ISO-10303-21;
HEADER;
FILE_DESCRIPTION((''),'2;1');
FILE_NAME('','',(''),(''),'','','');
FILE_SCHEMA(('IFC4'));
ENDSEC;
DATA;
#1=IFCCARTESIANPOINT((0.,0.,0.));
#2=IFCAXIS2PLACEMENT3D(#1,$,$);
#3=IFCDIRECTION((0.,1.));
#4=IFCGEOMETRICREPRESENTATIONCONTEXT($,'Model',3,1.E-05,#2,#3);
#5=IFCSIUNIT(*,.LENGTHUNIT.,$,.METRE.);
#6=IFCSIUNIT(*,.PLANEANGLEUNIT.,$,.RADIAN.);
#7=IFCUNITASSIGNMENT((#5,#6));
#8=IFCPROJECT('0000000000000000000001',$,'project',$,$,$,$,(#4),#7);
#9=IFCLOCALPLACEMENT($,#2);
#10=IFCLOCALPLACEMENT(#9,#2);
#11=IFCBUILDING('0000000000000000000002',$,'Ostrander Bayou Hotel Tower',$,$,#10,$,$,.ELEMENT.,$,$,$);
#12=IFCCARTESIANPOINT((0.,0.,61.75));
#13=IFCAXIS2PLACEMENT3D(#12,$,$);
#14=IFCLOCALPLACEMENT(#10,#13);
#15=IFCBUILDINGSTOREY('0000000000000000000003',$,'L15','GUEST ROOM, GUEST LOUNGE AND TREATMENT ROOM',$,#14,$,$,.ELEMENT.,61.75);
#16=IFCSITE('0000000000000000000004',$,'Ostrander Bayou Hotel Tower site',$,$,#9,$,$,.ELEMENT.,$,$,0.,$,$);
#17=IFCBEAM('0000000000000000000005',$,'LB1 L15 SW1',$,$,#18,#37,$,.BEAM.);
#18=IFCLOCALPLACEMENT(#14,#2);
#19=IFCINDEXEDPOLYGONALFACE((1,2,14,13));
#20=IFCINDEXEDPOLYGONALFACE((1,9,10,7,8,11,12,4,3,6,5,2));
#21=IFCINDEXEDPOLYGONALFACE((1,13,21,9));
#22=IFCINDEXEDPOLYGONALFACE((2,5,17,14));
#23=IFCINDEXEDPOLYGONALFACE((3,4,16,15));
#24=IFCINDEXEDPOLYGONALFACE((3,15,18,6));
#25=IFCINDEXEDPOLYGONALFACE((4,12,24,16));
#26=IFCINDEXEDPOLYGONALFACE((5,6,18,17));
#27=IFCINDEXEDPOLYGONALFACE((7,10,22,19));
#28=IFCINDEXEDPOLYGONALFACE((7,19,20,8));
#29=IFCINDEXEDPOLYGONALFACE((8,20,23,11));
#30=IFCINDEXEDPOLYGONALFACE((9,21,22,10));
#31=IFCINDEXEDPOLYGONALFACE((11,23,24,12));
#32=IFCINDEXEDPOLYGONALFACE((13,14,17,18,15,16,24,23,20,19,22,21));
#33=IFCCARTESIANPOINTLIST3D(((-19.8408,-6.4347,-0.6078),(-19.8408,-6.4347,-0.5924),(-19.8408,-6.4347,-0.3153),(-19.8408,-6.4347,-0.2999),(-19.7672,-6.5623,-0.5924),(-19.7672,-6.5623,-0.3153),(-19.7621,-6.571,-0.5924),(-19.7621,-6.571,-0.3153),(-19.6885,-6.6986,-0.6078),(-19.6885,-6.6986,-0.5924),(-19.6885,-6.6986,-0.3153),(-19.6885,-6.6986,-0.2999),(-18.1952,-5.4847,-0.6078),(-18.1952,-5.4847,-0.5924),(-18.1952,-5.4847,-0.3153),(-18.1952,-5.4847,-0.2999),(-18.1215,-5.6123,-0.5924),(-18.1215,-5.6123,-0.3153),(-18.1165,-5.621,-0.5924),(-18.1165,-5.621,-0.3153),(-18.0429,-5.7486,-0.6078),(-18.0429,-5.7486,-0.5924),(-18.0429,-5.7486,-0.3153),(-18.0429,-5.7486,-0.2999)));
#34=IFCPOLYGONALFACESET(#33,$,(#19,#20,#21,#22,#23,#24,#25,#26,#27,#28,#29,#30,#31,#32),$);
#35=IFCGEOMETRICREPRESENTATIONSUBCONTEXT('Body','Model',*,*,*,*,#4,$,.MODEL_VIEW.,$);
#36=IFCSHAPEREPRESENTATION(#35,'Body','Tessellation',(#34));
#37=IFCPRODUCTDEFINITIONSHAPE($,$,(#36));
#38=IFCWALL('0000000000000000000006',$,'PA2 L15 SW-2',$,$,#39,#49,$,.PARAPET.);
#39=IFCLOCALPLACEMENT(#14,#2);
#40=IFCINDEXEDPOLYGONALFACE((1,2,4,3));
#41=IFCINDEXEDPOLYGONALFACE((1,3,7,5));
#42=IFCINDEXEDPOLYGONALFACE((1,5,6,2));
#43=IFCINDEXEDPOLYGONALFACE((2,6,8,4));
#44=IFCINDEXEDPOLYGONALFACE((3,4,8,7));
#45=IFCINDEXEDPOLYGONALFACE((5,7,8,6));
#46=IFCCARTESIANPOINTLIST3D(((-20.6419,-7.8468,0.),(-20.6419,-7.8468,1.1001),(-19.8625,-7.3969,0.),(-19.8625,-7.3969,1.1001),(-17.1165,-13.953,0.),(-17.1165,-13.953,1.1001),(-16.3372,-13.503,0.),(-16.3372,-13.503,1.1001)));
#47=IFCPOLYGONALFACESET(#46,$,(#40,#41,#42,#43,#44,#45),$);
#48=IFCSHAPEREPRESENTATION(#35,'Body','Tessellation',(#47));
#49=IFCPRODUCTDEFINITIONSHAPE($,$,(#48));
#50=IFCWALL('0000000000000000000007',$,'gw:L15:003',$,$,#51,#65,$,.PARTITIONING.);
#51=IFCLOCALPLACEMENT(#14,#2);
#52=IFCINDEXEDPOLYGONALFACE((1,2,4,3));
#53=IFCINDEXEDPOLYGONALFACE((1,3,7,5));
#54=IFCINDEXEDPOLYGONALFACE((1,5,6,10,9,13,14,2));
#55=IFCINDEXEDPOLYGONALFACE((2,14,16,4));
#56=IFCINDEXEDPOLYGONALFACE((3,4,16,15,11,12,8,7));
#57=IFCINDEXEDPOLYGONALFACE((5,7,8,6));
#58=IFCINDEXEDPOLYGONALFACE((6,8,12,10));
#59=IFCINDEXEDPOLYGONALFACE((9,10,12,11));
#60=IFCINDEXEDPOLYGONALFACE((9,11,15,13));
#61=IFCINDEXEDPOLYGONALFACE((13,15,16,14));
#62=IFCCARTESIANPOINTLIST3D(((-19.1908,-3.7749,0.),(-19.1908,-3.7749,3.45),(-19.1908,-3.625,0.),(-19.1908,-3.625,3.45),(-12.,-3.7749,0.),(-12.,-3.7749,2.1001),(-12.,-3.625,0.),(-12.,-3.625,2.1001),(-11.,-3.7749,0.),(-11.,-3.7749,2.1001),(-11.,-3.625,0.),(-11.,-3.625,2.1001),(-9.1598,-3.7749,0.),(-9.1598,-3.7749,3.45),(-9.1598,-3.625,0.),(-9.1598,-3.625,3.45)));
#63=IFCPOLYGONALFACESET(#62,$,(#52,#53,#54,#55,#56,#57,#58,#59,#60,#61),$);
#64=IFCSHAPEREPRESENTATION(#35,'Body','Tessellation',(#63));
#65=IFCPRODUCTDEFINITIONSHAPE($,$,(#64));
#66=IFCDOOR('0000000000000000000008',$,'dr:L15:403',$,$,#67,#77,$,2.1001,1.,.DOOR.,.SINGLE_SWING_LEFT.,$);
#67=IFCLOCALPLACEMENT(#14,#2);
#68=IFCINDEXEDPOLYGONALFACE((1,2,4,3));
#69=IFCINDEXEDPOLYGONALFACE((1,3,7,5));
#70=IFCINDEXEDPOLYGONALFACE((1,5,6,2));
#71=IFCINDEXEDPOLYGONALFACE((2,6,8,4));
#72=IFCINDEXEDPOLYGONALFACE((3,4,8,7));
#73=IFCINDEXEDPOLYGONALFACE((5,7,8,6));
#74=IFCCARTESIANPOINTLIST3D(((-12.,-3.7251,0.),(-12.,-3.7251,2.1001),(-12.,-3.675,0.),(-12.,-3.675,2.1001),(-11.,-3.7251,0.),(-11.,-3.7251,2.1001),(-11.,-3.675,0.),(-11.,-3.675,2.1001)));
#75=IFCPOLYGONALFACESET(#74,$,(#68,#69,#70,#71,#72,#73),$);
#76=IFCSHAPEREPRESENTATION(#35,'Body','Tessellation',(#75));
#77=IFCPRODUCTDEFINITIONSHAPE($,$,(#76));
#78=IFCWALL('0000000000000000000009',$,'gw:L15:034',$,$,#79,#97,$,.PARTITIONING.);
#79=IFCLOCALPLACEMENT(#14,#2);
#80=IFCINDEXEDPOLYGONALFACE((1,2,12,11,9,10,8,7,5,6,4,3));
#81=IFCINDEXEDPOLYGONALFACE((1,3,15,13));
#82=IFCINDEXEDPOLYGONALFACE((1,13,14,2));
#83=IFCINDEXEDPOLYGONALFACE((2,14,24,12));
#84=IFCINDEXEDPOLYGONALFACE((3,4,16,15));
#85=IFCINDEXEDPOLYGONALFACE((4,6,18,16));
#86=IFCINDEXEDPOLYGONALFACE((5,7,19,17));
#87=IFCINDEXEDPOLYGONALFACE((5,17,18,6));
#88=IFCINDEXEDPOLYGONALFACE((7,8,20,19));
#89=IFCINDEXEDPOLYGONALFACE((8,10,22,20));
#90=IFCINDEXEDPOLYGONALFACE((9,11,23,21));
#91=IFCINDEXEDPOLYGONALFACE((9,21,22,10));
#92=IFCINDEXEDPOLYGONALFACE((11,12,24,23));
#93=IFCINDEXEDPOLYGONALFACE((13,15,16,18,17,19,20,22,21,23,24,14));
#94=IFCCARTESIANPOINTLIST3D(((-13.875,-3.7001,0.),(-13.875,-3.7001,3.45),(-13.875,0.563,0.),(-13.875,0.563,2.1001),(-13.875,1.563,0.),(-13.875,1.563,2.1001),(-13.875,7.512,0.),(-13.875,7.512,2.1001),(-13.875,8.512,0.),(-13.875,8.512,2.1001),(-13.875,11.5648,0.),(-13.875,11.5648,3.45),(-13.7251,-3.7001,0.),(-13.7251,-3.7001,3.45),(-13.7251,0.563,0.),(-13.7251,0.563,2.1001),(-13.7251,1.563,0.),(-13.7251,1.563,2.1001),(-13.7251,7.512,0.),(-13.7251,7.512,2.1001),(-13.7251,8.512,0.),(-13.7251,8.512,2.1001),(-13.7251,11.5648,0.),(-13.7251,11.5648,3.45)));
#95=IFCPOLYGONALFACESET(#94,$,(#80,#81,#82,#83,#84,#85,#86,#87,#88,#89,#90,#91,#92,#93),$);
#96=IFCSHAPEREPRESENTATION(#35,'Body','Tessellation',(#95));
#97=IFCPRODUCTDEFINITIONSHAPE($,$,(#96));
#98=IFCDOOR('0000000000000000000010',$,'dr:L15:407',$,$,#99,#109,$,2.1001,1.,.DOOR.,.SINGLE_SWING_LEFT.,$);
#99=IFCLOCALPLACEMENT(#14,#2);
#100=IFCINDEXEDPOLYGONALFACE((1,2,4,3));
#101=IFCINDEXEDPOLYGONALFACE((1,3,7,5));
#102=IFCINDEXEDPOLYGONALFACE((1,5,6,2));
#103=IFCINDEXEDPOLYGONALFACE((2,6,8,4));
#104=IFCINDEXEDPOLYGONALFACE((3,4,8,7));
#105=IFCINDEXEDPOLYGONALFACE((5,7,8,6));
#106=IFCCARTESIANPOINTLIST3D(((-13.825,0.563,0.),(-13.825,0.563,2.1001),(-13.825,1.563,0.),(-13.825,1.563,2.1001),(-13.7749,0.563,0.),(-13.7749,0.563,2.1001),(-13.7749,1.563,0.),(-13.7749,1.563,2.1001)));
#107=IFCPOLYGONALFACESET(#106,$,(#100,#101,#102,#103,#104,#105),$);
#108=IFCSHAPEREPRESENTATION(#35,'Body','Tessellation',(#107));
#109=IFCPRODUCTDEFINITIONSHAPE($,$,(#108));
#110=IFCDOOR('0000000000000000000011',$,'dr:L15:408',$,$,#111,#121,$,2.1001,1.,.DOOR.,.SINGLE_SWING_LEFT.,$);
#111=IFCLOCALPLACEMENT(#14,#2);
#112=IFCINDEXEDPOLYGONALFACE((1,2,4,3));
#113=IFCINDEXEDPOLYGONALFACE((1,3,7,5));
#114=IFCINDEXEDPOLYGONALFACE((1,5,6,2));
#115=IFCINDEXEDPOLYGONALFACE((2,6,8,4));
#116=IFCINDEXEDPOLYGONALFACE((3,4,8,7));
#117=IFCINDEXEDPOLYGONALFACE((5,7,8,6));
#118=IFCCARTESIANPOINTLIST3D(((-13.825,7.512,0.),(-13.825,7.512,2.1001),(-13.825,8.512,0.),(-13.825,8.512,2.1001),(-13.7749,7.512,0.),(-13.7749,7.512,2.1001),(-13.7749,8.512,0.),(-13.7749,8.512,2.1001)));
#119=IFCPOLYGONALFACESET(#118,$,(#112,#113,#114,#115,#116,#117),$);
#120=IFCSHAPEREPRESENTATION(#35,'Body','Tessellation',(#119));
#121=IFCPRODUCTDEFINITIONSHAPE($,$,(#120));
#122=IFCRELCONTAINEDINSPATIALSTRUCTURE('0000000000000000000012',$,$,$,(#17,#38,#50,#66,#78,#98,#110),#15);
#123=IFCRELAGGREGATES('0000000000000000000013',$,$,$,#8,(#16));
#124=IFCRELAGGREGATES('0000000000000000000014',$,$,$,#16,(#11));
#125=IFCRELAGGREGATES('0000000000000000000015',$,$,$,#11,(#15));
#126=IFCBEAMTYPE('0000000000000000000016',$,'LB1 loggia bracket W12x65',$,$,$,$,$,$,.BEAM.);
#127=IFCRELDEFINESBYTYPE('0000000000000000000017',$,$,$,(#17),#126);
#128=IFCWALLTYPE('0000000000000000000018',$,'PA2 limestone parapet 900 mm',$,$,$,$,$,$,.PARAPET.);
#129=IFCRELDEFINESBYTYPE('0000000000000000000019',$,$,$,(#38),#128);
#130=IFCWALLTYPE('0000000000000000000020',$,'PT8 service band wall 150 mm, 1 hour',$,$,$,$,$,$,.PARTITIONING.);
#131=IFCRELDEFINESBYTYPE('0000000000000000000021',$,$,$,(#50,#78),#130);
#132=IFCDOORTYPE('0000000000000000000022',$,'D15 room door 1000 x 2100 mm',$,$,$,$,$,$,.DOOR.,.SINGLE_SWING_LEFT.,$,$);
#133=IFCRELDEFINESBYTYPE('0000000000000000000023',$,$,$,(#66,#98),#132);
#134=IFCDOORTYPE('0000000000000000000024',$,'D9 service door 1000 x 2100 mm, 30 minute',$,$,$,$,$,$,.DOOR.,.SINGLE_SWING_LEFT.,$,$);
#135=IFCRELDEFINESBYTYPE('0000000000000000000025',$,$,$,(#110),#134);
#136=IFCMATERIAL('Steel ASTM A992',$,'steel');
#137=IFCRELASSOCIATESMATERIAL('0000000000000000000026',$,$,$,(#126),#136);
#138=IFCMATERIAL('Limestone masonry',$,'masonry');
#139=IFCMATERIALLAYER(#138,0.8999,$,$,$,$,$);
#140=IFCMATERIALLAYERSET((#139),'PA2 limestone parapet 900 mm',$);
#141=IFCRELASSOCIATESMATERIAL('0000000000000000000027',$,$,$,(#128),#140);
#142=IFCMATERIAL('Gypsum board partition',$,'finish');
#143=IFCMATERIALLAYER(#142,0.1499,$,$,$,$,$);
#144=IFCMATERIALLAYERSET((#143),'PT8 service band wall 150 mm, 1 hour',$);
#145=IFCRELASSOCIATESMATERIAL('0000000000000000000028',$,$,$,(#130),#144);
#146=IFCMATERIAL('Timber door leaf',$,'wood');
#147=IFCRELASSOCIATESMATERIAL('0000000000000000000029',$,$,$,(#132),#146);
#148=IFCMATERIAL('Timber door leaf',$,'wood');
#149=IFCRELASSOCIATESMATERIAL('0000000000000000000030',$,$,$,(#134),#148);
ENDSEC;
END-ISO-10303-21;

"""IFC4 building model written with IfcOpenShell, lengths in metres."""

from ifc_helpers import new_model, si_unit, direction, frame, frame_2d, origin, origin_2d, place, context, subcontext, project, spatial, rectangle, i_section, extrude, material, layer, layer_set, material_profile, profile_set, type_object, element, fill, save


model = new_model("IFC4")

# Units and contexts
model_context = context("Model", 3, precision=1e-05, world=origin(), true_north=direction((0.0, 1.0)))
body_context = subcontext(model_context, "Body", "Model", "MODEL_VIEW")
ifc_project = project(units=[si_unit("LENGTHUNIT", "METRE"), si_unit("PLANEANGLEUNIT", "RADIAN")], contexts=[model_context])

# Site, building, storey
site_placement = place(None, origin())
site = spatial("IfcSite", under=ifc_project, at=site_placement, Name="Ostrander Bayou Hotel Tower site", CompositionType="ELEMENT", RefElevation=0.0)
building_placement = place(site_placement, origin())
building = spatial("IfcBuilding", under=site, at=building_placement, Name="Ostrander Bayou Hotel Tower", CompositionType="ELEMENT")
storey_placement = place(building_placement, frame((0.0, 0.0, 61.75)))
storey = spatial("IfcBuildingStorey", under=building, at=storey_placement, Name="L15", Description="GUEST ROOM, GUEST LOUNGE AND TREATMENT ROOM", CompositionType="ELEMENT", Elevation=61.75)

# Beam
ifc_material_1 = material(Name="Steel ASTM A992", Category="steel")
ifc_material_profile = material_profile(ifc_material_1, i_section(OverallWidth=0.3047, OverallDepth=0.3079, WebThickness=0.01, FlangeThickness=0.0154, at=origin_2d()))
ifc_profile_set = profile_set([ifc_material_profile], Name="Steel ASTM A992")
beam_type = type_object("IfcBeamType", Name="LB1 loggia bracket W12x65", PredefinedType="BEAM", material=ifc_profile_set)
beam_placement = place(storey_placement, frame((-19.7646, -6.5667, -0.4539), z_axis=(0.866044, 0.499967, 0.0), x_axis=(-0.499967, 0.866044, 0.0)))
element("IfcBeam", 1, at=beam_placement, inside=storey, type_object=beam_type, Name="LB1 L15 SW1", PredefinedType="BEAM", context=body_context, shape_type="SweptSolid", body=[
    extrude(i_section(OverallWidth=0.3047, OverallDepth=0.3079, WebThickness=0.01, FlangeThickness=0.0154, at=origin_2d()), origin(), (0.0, 0.0, 1.0), 1.9001),
])

# Wall
ifc_material_2 = material(Name="Limestone masonry", Category="masonry")
ifc_layer_1 = layer(ifc_material_2, 0.8999)
ifc_layer_set_1 = layer_set([ifc_layer_1], Name="PA2 limestone parapet 900 mm")
wall_type_1 = type_object("IfcWallType", Name="PA2 limestone parapet 900 mm", PredefinedType="PARAPET", material=ifc_layer_set_1)
wall_1_placement = place(storey_placement, frame((-20.2522, -7.6218, 0.0), z_axis=(0.0, 0.0, 1.0), x_axis=(0.499997, -0.866027, 0.0)))
element("IfcWall", 2, at=wall_1_placement, inside=storey, type_object=wall_type_1, Name="PA2 L15 SW-2", PredefinedType="PARAPET", context=body_context, shape_type="SweptSolid", body=[
    extrude(rectangle(XDim=7.0508, YDim=0.8999, at=frame_2d((3.5254, 0.0))), origin(), (0.0, 0.0, 1.0), 1.1001),
])

# Wall, opening, door
ifc_material_3 = material(Name="Gypsum board partition", Category="finish")
ifc_layer_2 = layer(ifc_material_3, 0.1499)
ifc_layer_set_2 = layer_set([ifc_layer_2], Name="PT8 service band wall 150 mm, 1 hour")
wall_type_2 = type_object("IfcWallType", Name="PT8 service band wall 150 mm, 1 hour", PredefinedType="PARTITIONING", material=ifc_layer_set_2)
wall_2_placement = place(storey_placement, frame((-19.1909, -3.7, 0.0), z_axis=(0.0, 0.0, 1.0), x_axis=(1.0, 0.0, 0.0)))
wall_2 = element("IfcWall", 3, at=wall_2_placement, inside=storey, type_object=wall_type_2, Name="gw:L15:003", PredefinedType="PARTITIONING", context=body_context, shape_type="SweptSolid", body=[
    extrude(rectangle(XDim=10.031, YDim=0.1499, at=frame_2d((5.0156, 0.0))), origin(), (0.0, 0.0, 1.0), 3.45),
])
opening_1_placement = place(wall_2_placement, frame((7.1909, 0.0, 0.0)))
opening_1 = element("IfcOpeningElement", 4, at=opening_1_placement, cuts=wall_2, PredefinedType="OPENING", context=body_context, shape_type="SweptSolid", body=[
    extrude(rectangle(XDim=1.0, YDim=2.1001, at=frame_2d((0.5, 1.05))), frame((0.0, 0.075, 0.0), z_axis=(0.0, -1.0, 0.0), x_axis=(1.0, 0.0, 0.0)), (0.0, 0.0, 1.0), 0.1499),
])
ifc_material_4 = material(Name="Timber door leaf", Category="wood")
door_type_1 = type_object("IfcDoorType", Name="D15 room door 1000 x 2100 mm", OperationType="SINGLE_SWING_LEFT", PredefinedType="DOOR", material=ifc_material_4)
door_1_placement = place(opening_1_placement, origin())
door_1 = element("IfcDoor", 5, at=door_1_placement, inside=storey, type_object=door_type_1, Name="dr:L15:403", OperationType="SINGLE_SWING_LEFT", OverallHeight=2.1001, OverallWidth=1.0, PredefinedType="DOOR", context=body_context, shape_type="SweptSolid", body=[
    extrude(rectangle(XDim=1.0, YDim=2.1001, at=frame_2d((0.5, 1.05))), frame((0.0, 0.0249, 0.0), z_axis=(0.0, -1.0, 0.0), x_axis=(1.0, 0.0, 0.0)), (0.0, 0.0, 1.0), 0.05),
])
fill(opening_1, door_1)

# Wall, openings, doors
wall_3_placement = place(storey_placement, frame((-13.8, -3.7, 0.0), z_axis=(0.0, 0.0, 1.0), x_axis=(0.0, 1.0, 0.0)))
wall_3 = element("IfcWall", 6, at=wall_3_placement, inside=storey, type_object=wall_type_2, Name="gw:L15:034", PredefinedType="PARTITIONING", context=body_context, shape_type="SweptSolid", body=[
    extrude(rectangle(XDim=15.2649, YDim=0.1499, at=frame_2d((7.6323, 0.0))), origin(), (0.0, 0.0, 1.0), 3.45),
])
opening_2_placement = place(wall_3_placement, frame((4.2629, 0.0, 0.0)))
opening_2 = element("IfcOpeningElement", 7, at=opening_2_placement, cuts=wall_3, PredefinedType="OPENING", context=body_context, shape_type="SweptSolid", body=[
    extrude(rectangle(XDim=1.0, YDim=2.1001, at=frame_2d((0.5, 1.05))), frame((0.0, 0.075, 0.0), z_axis=(0.0, -1.0, 0.0), x_axis=(1.0, 0.0, 0.0)), (0.0, 0.0, 1.0), 0.1499),
])
opening_3_placement = place(wall_3_placement, frame((11.2119, 0.0, 0.0)))
opening_3 = element("IfcOpeningElement", 8, at=opening_3_placement, cuts=wall_3, PredefinedType="OPENING", context=body_context, shape_type="SweptSolid", body=[
    extrude(rectangle(XDim=1.0, YDim=2.1001, at=frame_2d((0.5, 1.05))), frame((0.0, 0.075, 0.0), z_axis=(0.0, -1.0, 0.0), x_axis=(1.0, 0.0, 0.0)), (0.0, 0.0, 1.0), 0.1499),
])
door_2_placement = place(opening_2_placement, origin())
door_2 = element("IfcDoor", 9, at=door_2_placement, inside=storey, type_object=door_type_1, Name="dr:L15:407", OperationType="SINGLE_SWING_LEFT", OverallHeight=2.1001, OverallWidth=1.0, PredefinedType="DOOR", context=body_context, shape_type="SweptSolid", body=[
    extrude(rectangle(XDim=1.0, YDim=2.1001, at=frame_2d((0.5, 1.05))), frame((0.0, 0.0249, 0.0), z_axis=(0.0, -1.0, 0.0), x_axis=(1.0, 0.0, 0.0)), (0.0, 0.0, 1.0), 0.05),
])
fill(opening_2, door_2)
ifc_material_5 = material(Name="Timber door leaf", Category="wood")
door_type_2 = type_object("IfcDoorType", Name="D9 service door 1000 x 2100 mm, 30 minute", OperationType="SINGLE_SWING_LEFT", PredefinedType="DOOR", material=ifc_material_5)
door_3_placement = place(opening_3_placement, origin())
door_3 = element("IfcDoor", 10, at=door_3_placement, inside=storey, type_object=door_type_2, Name="dr:L15:408", OperationType="SINGLE_SWING_LEFT", OverallHeight=2.1001, OverallWidth=1.0, PredefinedType="DOOR", context=body_context, shape_type="SweptSolid", body=[
    extrude(rectangle(XDim=1.0, YDim=2.1001, at=frame_2d((0.5, 1.05))), frame((0.0, 0.0249, 0.0), z_axis=(0.0, -1.0, 0.0), x_axis=(1.0, 0.0, 0.0)), (0.0, 0.0, 1.0), 0.05),
])
fill(opening_3, door_3)

save(model, "model.ifc")
